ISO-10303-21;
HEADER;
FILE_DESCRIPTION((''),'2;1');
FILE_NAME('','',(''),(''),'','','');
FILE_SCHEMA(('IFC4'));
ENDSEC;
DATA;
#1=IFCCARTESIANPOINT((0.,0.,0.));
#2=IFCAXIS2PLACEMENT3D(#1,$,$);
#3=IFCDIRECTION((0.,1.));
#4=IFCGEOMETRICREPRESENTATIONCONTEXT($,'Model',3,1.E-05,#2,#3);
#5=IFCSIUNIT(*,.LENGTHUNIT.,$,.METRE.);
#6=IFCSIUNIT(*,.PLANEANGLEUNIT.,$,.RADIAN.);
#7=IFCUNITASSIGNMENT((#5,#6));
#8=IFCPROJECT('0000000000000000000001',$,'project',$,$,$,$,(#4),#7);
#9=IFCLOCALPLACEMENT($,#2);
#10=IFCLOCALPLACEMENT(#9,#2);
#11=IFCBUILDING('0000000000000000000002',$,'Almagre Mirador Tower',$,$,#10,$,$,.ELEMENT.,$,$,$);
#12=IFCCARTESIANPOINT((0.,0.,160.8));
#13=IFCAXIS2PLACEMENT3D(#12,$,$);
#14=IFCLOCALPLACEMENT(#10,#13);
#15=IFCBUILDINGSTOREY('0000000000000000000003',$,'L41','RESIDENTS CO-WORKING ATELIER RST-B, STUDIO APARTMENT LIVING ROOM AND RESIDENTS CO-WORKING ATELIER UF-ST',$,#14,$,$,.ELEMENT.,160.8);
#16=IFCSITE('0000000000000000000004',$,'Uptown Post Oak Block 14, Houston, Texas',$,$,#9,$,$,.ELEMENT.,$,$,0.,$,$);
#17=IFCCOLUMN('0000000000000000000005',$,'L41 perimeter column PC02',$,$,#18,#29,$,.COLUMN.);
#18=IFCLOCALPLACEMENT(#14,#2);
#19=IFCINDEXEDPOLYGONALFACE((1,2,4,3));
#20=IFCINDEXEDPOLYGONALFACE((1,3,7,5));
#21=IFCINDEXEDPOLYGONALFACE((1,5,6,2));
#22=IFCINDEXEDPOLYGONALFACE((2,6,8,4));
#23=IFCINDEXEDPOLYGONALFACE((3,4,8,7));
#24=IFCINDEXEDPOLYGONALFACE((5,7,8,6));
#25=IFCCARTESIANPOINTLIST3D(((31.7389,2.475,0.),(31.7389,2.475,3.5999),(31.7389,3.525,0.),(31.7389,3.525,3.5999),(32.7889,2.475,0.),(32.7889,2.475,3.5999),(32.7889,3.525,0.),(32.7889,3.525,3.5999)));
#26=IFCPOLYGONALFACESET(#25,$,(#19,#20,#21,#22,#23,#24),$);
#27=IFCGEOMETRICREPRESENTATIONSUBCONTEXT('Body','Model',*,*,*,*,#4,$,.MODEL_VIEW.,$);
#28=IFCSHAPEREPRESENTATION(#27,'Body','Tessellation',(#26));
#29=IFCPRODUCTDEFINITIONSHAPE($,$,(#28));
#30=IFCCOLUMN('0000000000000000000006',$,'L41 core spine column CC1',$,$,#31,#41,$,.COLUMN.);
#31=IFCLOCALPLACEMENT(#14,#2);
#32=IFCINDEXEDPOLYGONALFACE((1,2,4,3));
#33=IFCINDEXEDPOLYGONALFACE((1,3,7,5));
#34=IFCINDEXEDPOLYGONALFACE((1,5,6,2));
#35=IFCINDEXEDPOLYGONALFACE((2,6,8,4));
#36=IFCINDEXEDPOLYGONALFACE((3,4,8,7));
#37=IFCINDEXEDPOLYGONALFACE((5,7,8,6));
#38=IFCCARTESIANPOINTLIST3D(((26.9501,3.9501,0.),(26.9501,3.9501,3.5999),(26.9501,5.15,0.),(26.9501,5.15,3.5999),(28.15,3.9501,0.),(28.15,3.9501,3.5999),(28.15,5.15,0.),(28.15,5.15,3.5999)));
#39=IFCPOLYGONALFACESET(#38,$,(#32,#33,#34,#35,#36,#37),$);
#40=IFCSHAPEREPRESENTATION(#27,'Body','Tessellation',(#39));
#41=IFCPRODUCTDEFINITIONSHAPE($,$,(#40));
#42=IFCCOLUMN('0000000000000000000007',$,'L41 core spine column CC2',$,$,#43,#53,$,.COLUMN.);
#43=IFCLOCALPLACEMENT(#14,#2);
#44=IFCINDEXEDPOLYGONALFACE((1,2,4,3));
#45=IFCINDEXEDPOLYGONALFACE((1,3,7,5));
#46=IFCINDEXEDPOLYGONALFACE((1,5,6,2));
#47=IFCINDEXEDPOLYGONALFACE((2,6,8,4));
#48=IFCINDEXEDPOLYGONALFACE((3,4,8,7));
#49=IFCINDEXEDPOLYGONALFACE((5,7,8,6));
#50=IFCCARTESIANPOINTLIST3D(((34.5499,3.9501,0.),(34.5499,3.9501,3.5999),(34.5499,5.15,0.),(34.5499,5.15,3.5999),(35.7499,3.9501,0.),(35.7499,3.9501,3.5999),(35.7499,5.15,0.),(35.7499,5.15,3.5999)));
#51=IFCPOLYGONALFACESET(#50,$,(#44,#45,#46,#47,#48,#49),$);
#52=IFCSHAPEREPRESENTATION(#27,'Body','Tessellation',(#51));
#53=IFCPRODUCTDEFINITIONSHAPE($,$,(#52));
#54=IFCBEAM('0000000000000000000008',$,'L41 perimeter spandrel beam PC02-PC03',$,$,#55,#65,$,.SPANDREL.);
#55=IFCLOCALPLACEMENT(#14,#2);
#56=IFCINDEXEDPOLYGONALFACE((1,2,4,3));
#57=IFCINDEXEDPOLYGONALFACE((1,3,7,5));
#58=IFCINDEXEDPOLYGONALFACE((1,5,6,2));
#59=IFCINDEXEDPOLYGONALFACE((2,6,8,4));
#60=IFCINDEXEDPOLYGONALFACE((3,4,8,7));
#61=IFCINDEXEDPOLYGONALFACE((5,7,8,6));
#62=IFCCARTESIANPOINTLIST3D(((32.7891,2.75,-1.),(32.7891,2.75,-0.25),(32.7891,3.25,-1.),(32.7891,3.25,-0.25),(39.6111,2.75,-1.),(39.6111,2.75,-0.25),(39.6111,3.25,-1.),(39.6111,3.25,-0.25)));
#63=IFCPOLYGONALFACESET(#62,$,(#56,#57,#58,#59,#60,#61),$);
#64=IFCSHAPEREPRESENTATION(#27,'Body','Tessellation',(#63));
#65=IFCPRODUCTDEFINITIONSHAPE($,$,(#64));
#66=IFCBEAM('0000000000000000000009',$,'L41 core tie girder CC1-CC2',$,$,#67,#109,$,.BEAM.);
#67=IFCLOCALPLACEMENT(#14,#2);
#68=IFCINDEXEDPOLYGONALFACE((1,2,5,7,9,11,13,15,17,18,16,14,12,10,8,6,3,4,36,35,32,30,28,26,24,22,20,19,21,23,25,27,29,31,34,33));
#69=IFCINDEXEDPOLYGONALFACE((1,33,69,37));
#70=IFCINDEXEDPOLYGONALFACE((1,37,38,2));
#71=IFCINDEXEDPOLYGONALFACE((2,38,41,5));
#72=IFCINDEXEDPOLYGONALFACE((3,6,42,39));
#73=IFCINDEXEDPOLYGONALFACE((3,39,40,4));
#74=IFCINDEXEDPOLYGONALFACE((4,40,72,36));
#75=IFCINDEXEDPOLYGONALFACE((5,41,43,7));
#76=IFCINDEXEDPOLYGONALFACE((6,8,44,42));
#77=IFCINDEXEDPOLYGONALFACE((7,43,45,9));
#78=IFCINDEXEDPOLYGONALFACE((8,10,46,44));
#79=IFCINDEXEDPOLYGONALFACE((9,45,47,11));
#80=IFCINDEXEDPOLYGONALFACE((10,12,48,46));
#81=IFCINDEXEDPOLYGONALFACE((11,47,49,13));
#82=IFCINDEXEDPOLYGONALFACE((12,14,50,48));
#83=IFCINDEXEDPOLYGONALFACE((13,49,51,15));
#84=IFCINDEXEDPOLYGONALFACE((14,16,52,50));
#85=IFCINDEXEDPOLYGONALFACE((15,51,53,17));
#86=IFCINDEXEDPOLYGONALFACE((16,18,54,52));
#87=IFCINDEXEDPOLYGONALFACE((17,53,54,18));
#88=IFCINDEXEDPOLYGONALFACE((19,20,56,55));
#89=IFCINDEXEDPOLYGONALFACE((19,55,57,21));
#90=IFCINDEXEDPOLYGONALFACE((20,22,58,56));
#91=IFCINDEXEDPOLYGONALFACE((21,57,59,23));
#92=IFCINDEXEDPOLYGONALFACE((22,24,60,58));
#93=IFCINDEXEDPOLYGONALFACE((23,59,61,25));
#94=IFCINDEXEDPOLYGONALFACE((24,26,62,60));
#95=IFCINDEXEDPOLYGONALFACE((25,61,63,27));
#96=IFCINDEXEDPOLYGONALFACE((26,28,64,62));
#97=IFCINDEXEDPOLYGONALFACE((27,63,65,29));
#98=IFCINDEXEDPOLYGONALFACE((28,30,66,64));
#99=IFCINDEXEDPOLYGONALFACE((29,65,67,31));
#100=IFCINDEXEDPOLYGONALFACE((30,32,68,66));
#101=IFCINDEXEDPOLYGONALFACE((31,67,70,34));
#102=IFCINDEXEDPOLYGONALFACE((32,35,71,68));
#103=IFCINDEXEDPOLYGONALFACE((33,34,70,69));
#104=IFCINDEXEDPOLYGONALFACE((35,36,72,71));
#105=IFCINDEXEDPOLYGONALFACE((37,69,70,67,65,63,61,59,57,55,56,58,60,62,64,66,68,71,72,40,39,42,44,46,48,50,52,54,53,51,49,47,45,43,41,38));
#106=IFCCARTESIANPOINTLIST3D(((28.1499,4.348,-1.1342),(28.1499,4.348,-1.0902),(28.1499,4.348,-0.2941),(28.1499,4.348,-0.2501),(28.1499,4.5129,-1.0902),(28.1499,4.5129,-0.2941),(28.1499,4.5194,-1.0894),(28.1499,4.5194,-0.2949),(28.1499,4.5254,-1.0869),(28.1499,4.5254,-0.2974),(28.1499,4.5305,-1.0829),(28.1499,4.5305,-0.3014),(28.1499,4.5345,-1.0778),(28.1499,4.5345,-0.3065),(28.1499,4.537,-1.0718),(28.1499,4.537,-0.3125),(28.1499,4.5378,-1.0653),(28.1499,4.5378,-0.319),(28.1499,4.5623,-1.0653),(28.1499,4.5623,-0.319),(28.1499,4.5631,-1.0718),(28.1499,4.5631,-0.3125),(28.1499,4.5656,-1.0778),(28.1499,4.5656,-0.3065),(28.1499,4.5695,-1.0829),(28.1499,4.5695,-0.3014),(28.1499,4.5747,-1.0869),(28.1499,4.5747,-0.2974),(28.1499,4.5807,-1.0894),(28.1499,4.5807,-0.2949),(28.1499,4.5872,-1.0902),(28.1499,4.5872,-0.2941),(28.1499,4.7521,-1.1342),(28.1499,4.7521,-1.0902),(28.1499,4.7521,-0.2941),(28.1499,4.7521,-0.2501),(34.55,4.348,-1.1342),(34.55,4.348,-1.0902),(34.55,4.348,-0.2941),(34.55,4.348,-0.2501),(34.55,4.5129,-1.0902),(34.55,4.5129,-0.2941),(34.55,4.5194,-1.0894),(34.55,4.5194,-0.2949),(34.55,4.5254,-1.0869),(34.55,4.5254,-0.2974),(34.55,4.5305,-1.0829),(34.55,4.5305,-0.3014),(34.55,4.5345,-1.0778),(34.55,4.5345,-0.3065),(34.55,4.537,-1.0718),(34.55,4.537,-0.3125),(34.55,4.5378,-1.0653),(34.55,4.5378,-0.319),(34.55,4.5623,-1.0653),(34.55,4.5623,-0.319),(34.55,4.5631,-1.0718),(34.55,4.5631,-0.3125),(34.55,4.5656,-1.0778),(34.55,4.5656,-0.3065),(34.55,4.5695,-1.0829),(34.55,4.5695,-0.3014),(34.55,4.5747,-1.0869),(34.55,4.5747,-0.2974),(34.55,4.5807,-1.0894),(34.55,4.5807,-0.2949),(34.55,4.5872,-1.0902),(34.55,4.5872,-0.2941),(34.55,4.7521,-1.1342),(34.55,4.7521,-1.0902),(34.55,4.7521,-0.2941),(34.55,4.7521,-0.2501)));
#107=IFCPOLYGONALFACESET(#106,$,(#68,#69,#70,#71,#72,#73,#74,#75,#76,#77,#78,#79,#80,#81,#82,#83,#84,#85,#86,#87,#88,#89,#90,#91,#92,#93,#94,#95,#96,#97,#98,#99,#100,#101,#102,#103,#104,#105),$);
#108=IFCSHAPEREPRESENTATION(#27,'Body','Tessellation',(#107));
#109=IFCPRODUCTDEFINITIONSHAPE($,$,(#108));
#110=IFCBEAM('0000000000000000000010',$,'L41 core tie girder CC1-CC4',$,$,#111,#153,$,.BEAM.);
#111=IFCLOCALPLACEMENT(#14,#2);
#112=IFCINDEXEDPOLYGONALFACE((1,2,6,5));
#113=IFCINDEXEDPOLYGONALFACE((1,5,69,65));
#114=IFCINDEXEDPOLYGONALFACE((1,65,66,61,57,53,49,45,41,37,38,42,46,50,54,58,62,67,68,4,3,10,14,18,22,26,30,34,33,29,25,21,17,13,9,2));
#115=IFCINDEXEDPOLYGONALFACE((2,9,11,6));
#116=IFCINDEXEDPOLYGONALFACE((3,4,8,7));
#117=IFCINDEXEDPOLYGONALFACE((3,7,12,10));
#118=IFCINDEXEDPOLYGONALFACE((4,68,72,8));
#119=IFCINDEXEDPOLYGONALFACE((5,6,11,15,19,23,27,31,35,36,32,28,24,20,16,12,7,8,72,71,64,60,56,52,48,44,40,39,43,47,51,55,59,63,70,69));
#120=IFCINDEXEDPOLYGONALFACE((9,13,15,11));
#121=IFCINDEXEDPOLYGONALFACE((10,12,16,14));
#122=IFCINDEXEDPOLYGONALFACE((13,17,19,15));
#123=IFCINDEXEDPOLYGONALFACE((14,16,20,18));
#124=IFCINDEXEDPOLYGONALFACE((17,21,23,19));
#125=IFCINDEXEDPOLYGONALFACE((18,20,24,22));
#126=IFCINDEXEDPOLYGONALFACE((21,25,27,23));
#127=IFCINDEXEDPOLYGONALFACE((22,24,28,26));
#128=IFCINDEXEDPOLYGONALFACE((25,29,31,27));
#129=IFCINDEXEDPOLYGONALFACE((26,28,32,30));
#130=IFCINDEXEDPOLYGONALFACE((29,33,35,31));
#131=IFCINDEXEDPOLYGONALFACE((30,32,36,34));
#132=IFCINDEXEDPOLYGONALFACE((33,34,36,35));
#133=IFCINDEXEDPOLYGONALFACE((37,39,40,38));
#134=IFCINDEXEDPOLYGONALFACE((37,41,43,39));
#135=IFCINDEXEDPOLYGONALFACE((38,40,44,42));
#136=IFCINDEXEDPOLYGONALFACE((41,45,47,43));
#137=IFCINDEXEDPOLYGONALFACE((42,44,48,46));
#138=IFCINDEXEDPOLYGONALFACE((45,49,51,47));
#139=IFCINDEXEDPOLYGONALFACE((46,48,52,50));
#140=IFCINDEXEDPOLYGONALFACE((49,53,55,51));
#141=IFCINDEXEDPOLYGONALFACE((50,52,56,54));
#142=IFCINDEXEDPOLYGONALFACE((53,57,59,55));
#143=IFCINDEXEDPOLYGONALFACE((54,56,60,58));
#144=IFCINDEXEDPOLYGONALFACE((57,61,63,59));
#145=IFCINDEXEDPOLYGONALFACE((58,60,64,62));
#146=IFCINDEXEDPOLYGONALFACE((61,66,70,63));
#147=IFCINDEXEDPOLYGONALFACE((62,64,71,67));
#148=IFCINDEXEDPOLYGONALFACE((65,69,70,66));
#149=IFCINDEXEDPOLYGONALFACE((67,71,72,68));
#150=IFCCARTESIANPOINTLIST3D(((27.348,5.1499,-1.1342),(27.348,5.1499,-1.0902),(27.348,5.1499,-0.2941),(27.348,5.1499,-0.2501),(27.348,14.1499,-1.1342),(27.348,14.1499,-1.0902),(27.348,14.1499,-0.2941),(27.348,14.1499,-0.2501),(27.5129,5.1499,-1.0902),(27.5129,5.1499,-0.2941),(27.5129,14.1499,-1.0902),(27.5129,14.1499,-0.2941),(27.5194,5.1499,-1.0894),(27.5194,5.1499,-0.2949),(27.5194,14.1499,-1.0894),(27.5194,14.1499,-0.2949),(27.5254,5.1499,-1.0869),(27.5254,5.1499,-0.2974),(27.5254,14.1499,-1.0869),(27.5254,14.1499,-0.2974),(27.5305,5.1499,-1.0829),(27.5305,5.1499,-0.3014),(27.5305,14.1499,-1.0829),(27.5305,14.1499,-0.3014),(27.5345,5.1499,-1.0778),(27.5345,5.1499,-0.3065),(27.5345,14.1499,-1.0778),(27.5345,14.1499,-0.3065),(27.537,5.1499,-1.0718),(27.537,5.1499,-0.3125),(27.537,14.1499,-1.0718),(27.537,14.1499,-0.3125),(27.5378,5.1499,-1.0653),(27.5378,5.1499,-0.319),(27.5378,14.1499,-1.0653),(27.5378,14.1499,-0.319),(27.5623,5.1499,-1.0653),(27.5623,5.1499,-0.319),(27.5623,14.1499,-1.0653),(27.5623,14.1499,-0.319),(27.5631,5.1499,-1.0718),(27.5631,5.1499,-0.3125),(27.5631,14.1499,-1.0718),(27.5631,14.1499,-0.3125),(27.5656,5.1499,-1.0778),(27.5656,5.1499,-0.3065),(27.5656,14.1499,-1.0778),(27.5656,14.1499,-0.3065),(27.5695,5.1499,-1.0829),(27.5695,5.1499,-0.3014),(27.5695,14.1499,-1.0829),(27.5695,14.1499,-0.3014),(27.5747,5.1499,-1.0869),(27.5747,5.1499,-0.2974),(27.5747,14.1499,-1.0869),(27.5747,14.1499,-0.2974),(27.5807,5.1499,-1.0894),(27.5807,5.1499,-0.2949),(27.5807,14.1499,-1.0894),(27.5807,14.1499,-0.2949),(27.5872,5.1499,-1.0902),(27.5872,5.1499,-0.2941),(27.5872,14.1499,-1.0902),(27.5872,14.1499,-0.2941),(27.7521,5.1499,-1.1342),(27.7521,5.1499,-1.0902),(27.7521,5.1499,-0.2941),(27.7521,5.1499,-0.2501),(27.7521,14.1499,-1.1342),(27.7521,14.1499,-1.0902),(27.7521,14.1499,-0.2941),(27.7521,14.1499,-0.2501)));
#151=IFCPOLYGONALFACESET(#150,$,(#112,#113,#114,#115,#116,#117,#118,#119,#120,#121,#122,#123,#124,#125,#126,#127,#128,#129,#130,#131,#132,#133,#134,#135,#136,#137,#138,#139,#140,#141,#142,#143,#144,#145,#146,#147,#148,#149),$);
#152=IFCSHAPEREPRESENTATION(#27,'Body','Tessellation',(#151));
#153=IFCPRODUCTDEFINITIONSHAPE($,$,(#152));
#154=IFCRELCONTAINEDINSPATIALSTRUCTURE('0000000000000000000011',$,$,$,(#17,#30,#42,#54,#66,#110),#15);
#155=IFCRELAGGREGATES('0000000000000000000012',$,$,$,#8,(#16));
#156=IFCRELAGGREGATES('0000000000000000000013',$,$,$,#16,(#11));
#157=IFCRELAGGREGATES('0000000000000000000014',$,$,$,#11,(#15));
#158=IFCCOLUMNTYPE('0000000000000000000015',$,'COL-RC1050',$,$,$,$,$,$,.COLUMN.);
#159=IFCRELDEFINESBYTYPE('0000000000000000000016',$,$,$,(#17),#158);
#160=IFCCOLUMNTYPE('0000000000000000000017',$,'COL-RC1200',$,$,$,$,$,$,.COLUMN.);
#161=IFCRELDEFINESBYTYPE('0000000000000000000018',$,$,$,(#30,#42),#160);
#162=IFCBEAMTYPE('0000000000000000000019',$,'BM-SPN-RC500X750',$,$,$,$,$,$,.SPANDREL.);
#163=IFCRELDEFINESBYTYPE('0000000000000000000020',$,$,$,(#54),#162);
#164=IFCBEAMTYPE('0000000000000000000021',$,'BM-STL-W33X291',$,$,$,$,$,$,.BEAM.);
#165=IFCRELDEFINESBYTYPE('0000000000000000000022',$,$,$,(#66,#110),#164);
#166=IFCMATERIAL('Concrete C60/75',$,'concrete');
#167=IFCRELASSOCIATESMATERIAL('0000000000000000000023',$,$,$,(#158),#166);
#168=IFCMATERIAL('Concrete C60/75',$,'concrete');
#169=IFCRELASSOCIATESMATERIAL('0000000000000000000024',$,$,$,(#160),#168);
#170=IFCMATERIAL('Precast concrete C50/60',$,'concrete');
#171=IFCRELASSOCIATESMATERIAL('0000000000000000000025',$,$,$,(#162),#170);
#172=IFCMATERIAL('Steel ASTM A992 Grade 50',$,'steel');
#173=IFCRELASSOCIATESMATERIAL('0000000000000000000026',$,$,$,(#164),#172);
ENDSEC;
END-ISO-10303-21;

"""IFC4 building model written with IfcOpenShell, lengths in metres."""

from ifc_helpers import new_model, si_unit, direction, frame, origin, origin_2d, place, context, subcontext, project, spatial, rectangle, i_section, extrude, material, material_profile, profile_set, type_object, element, save


model = new_model("IFC4")

# Units and contexts
model_context = context("Model", 3, precision=1e-05, world=origin(), true_north=direction((0.0, 1.0)))
body_context = subcontext(model_context, "Body", "Model", "MODEL_VIEW")
ifc_project = project(units=[si_unit("LENGTHUNIT", "METRE"), si_unit("PLANEANGLEUNIT", "RADIAN")], contexts=[model_context])

# Site, building, storey
site_placement = place(None, origin())
site = spatial("IfcSite", under=ifc_project, at=site_placement, Name="Uptown Post Oak Block 14, Houston, Texas", CompositionType="ELEMENT", RefElevation=0.0)
building_placement = place(site_placement, origin())
building = spatial("IfcBuilding", under=site, at=building_placement, Name="Almagre Mirador Tower", CompositionType="ELEMENT")
storey_placement = place(building_placement, frame((0.0, 0.0, 160.8)))
storey = spatial("IfcBuildingStorey", under=building, at=storey_placement, Name="L41", Description="RESIDENTS CO-WORKING ATELIER RST-B, STUDIO APARTMENT LIVING ROOM AND RESIDENTS CO-WORKING ATELIER UF-ST", CompositionType="ELEMENT", Elevation=160.8)

# Columns
ifc_material_1 = material(Name="Concrete C60/75", Category="concrete")
ifc_material_profile_1 = material_profile(ifc_material_1, rectangle(XDim=1.05, YDim=1.05, at=origin_2d()), Name="RC1050X1050")
ifc_profile_set_1 = profile_set([ifc_material_profile_1], Name="Concrete C60/75")
column_type_1 = type_object("IfcColumnType", Name="COL-RC1050", PredefinedType="COLUMN", material=ifc_profile_set_1)
column_placement = place(storey_placement, frame((32.2639, 3.0, 0.0), z_axis=(0.0, 0.0, 1.0), x_axis=(1.0, 0.0, 0.0)))
element("IfcColumn", 1, at=column_placement, inside=storey, type_object=column_type_1, Name="L41 perimeter column PC02", PredefinedType="COLUMN", context=body_context, shape_type="SweptSolid", body=[
    extrude(rectangle(XDim=1.05, YDim=1.05, at=origin_2d()), origin(), (0.0, 0.0, 1.0), 3.5999),
])
ifc_material_2 = material(Name="Concrete C60/75", Category="concrete")
ifc_material_profile_2 = material_profile(ifc_material_2, rectangle(XDim=1.2, YDim=1.2, at=origin_2d()), Name="RC1200X1200")
ifc_profile_set_2 = profile_set([ifc_material_profile_2], Name="Concrete C60/75")
column_type_2 = type_object("IfcColumnType", Name="COL-RC1200", PredefinedType="COLUMN", material=ifc_profile_set_2)
for number, where, z_axis, x_axis, name in (
    (2, (27.55, 4.55, 0.0), (0.0, 0.0, 1.0), (1.0, 0.0, 0.0), "L41 core spine column CC1"),
    (3, (35.1499, 4.55, 0.0), (0.0, 0.0, 1.0), (1.0, 0.0, 0.0), "L41 core spine column CC2"),
):
    element("IfcColumn", number, at=place(storey_placement, frame(where, z_axis=z_axis, x_axis=x_axis)), inside=storey, type_object=column_type_2, Name=name, PredefinedType="COLUMN", context=body_context, shape_type="SweptSolid", body=[
        extrude(rectangle(XDim=1.2, YDim=1.2, at=origin_2d()), origin(), (0.0, 0.0, 1.0), 3.5999),
    ])

# Beams
ifc_material_3 = material(Name="Precast concrete C50/60", Category="concrete")
ifc_material_profile_3 = material_profile(ifc_material_3, rectangle(XDim=0.5, YDim=0.75, at=origin_2d()), Name="RC500X750")
ifc_profile_set_3 = profile_set([ifc_material_profile_3], Name="Precast concrete C50/60")
beam_type_1 = type_object("IfcBeamType", Name="BM-SPN-RC500X750", PredefinedType="SPANDREL", material=ifc_profile_set_3)
beam_1_placement = place(storey_placement, frame((32.7891, 3.0, -0.625), z_axis=(1.0, 0.0, 0.0), x_axis=(0.0, 1.0, 0.0)))
element("IfcBeam", 4, at=beam_1_placement, inside=storey, type_object=beam_type_1, Name="L41 perimeter spandrel beam PC02-PC03", PredefinedType="SPANDREL", context=body_context, shape_type="SweptSolid", body=[
    extrude(rectangle(XDim=0.5, YDim=0.75, at=origin_2d()), origin(), (0.0, 0.0, 1.0), 6.822),
])
ifc_material_4 = material(Name="Steel ASTM A992 Grade 50", Category="steel")
ifc_material_profile_4 = material_profile(ifc_material_4, i_section(OverallWidth=0.4041, OverallDepth=0.884, WebThickness=0.0244, FlangeThickness=0.0439, FilletRadius=0.0249, at=origin_2d()), Name="W33X291")
ifc_profile_set_4 = profile_set([ifc_material_profile_4], Name="Steel ASTM A992 Grade 50")
beam_type_2 = type_object("IfcBeamType", Name="BM-STL-W33X291", PredefinedType="BEAM", material=ifc_profile_set_4)
beam_2_placement = place(storey_placement, frame((28.1499, 4.55, -0.6921), z_axis=(1.0, 0.0, 0.0), x_axis=(0.0, 1.0, 0.0)))
element("IfcBeam", 5, at=beam_2_placement, inside=storey, type_object=beam_type_2, Name="L41 core tie girder CC1-CC2", PredefinedType="BEAM", context=body_context, shape_type="SweptSolid", body=[
    extrude(i_section(OverallWidth=0.4041, OverallDepth=0.884, WebThickness=0.0244, FlangeThickness=0.0439, FilletRadius=0.0249, at=origin_2d()), origin(), (0.0, 0.0, 1.0), 6.4001),
])
beam_3_placement = place(storey_placement, frame((27.55, 5.1499, -0.6921), z_axis=(0.0, 1.0, 0.0), x_axis=(-1.0, 0.0, 0.0)))
element("IfcBeam", 6, at=beam_3_placement, inside=storey, type_object=beam_type_2, Name="L41 core tie girder CC1-CC4", PredefinedType="BEAM", context=body_context, shape_type="SweptSolid", body=[
    extrude(i_section(OverallWidth=0.4041, OverallDepth=0.884, WebThickness=0.0244, FlangeThickness=0.0439, FilletRadius=0.0249, at=origin_2d()), origin(), (0.0, 0.0, 1.0), 9.0),
])

save(model, "model.ifc")
